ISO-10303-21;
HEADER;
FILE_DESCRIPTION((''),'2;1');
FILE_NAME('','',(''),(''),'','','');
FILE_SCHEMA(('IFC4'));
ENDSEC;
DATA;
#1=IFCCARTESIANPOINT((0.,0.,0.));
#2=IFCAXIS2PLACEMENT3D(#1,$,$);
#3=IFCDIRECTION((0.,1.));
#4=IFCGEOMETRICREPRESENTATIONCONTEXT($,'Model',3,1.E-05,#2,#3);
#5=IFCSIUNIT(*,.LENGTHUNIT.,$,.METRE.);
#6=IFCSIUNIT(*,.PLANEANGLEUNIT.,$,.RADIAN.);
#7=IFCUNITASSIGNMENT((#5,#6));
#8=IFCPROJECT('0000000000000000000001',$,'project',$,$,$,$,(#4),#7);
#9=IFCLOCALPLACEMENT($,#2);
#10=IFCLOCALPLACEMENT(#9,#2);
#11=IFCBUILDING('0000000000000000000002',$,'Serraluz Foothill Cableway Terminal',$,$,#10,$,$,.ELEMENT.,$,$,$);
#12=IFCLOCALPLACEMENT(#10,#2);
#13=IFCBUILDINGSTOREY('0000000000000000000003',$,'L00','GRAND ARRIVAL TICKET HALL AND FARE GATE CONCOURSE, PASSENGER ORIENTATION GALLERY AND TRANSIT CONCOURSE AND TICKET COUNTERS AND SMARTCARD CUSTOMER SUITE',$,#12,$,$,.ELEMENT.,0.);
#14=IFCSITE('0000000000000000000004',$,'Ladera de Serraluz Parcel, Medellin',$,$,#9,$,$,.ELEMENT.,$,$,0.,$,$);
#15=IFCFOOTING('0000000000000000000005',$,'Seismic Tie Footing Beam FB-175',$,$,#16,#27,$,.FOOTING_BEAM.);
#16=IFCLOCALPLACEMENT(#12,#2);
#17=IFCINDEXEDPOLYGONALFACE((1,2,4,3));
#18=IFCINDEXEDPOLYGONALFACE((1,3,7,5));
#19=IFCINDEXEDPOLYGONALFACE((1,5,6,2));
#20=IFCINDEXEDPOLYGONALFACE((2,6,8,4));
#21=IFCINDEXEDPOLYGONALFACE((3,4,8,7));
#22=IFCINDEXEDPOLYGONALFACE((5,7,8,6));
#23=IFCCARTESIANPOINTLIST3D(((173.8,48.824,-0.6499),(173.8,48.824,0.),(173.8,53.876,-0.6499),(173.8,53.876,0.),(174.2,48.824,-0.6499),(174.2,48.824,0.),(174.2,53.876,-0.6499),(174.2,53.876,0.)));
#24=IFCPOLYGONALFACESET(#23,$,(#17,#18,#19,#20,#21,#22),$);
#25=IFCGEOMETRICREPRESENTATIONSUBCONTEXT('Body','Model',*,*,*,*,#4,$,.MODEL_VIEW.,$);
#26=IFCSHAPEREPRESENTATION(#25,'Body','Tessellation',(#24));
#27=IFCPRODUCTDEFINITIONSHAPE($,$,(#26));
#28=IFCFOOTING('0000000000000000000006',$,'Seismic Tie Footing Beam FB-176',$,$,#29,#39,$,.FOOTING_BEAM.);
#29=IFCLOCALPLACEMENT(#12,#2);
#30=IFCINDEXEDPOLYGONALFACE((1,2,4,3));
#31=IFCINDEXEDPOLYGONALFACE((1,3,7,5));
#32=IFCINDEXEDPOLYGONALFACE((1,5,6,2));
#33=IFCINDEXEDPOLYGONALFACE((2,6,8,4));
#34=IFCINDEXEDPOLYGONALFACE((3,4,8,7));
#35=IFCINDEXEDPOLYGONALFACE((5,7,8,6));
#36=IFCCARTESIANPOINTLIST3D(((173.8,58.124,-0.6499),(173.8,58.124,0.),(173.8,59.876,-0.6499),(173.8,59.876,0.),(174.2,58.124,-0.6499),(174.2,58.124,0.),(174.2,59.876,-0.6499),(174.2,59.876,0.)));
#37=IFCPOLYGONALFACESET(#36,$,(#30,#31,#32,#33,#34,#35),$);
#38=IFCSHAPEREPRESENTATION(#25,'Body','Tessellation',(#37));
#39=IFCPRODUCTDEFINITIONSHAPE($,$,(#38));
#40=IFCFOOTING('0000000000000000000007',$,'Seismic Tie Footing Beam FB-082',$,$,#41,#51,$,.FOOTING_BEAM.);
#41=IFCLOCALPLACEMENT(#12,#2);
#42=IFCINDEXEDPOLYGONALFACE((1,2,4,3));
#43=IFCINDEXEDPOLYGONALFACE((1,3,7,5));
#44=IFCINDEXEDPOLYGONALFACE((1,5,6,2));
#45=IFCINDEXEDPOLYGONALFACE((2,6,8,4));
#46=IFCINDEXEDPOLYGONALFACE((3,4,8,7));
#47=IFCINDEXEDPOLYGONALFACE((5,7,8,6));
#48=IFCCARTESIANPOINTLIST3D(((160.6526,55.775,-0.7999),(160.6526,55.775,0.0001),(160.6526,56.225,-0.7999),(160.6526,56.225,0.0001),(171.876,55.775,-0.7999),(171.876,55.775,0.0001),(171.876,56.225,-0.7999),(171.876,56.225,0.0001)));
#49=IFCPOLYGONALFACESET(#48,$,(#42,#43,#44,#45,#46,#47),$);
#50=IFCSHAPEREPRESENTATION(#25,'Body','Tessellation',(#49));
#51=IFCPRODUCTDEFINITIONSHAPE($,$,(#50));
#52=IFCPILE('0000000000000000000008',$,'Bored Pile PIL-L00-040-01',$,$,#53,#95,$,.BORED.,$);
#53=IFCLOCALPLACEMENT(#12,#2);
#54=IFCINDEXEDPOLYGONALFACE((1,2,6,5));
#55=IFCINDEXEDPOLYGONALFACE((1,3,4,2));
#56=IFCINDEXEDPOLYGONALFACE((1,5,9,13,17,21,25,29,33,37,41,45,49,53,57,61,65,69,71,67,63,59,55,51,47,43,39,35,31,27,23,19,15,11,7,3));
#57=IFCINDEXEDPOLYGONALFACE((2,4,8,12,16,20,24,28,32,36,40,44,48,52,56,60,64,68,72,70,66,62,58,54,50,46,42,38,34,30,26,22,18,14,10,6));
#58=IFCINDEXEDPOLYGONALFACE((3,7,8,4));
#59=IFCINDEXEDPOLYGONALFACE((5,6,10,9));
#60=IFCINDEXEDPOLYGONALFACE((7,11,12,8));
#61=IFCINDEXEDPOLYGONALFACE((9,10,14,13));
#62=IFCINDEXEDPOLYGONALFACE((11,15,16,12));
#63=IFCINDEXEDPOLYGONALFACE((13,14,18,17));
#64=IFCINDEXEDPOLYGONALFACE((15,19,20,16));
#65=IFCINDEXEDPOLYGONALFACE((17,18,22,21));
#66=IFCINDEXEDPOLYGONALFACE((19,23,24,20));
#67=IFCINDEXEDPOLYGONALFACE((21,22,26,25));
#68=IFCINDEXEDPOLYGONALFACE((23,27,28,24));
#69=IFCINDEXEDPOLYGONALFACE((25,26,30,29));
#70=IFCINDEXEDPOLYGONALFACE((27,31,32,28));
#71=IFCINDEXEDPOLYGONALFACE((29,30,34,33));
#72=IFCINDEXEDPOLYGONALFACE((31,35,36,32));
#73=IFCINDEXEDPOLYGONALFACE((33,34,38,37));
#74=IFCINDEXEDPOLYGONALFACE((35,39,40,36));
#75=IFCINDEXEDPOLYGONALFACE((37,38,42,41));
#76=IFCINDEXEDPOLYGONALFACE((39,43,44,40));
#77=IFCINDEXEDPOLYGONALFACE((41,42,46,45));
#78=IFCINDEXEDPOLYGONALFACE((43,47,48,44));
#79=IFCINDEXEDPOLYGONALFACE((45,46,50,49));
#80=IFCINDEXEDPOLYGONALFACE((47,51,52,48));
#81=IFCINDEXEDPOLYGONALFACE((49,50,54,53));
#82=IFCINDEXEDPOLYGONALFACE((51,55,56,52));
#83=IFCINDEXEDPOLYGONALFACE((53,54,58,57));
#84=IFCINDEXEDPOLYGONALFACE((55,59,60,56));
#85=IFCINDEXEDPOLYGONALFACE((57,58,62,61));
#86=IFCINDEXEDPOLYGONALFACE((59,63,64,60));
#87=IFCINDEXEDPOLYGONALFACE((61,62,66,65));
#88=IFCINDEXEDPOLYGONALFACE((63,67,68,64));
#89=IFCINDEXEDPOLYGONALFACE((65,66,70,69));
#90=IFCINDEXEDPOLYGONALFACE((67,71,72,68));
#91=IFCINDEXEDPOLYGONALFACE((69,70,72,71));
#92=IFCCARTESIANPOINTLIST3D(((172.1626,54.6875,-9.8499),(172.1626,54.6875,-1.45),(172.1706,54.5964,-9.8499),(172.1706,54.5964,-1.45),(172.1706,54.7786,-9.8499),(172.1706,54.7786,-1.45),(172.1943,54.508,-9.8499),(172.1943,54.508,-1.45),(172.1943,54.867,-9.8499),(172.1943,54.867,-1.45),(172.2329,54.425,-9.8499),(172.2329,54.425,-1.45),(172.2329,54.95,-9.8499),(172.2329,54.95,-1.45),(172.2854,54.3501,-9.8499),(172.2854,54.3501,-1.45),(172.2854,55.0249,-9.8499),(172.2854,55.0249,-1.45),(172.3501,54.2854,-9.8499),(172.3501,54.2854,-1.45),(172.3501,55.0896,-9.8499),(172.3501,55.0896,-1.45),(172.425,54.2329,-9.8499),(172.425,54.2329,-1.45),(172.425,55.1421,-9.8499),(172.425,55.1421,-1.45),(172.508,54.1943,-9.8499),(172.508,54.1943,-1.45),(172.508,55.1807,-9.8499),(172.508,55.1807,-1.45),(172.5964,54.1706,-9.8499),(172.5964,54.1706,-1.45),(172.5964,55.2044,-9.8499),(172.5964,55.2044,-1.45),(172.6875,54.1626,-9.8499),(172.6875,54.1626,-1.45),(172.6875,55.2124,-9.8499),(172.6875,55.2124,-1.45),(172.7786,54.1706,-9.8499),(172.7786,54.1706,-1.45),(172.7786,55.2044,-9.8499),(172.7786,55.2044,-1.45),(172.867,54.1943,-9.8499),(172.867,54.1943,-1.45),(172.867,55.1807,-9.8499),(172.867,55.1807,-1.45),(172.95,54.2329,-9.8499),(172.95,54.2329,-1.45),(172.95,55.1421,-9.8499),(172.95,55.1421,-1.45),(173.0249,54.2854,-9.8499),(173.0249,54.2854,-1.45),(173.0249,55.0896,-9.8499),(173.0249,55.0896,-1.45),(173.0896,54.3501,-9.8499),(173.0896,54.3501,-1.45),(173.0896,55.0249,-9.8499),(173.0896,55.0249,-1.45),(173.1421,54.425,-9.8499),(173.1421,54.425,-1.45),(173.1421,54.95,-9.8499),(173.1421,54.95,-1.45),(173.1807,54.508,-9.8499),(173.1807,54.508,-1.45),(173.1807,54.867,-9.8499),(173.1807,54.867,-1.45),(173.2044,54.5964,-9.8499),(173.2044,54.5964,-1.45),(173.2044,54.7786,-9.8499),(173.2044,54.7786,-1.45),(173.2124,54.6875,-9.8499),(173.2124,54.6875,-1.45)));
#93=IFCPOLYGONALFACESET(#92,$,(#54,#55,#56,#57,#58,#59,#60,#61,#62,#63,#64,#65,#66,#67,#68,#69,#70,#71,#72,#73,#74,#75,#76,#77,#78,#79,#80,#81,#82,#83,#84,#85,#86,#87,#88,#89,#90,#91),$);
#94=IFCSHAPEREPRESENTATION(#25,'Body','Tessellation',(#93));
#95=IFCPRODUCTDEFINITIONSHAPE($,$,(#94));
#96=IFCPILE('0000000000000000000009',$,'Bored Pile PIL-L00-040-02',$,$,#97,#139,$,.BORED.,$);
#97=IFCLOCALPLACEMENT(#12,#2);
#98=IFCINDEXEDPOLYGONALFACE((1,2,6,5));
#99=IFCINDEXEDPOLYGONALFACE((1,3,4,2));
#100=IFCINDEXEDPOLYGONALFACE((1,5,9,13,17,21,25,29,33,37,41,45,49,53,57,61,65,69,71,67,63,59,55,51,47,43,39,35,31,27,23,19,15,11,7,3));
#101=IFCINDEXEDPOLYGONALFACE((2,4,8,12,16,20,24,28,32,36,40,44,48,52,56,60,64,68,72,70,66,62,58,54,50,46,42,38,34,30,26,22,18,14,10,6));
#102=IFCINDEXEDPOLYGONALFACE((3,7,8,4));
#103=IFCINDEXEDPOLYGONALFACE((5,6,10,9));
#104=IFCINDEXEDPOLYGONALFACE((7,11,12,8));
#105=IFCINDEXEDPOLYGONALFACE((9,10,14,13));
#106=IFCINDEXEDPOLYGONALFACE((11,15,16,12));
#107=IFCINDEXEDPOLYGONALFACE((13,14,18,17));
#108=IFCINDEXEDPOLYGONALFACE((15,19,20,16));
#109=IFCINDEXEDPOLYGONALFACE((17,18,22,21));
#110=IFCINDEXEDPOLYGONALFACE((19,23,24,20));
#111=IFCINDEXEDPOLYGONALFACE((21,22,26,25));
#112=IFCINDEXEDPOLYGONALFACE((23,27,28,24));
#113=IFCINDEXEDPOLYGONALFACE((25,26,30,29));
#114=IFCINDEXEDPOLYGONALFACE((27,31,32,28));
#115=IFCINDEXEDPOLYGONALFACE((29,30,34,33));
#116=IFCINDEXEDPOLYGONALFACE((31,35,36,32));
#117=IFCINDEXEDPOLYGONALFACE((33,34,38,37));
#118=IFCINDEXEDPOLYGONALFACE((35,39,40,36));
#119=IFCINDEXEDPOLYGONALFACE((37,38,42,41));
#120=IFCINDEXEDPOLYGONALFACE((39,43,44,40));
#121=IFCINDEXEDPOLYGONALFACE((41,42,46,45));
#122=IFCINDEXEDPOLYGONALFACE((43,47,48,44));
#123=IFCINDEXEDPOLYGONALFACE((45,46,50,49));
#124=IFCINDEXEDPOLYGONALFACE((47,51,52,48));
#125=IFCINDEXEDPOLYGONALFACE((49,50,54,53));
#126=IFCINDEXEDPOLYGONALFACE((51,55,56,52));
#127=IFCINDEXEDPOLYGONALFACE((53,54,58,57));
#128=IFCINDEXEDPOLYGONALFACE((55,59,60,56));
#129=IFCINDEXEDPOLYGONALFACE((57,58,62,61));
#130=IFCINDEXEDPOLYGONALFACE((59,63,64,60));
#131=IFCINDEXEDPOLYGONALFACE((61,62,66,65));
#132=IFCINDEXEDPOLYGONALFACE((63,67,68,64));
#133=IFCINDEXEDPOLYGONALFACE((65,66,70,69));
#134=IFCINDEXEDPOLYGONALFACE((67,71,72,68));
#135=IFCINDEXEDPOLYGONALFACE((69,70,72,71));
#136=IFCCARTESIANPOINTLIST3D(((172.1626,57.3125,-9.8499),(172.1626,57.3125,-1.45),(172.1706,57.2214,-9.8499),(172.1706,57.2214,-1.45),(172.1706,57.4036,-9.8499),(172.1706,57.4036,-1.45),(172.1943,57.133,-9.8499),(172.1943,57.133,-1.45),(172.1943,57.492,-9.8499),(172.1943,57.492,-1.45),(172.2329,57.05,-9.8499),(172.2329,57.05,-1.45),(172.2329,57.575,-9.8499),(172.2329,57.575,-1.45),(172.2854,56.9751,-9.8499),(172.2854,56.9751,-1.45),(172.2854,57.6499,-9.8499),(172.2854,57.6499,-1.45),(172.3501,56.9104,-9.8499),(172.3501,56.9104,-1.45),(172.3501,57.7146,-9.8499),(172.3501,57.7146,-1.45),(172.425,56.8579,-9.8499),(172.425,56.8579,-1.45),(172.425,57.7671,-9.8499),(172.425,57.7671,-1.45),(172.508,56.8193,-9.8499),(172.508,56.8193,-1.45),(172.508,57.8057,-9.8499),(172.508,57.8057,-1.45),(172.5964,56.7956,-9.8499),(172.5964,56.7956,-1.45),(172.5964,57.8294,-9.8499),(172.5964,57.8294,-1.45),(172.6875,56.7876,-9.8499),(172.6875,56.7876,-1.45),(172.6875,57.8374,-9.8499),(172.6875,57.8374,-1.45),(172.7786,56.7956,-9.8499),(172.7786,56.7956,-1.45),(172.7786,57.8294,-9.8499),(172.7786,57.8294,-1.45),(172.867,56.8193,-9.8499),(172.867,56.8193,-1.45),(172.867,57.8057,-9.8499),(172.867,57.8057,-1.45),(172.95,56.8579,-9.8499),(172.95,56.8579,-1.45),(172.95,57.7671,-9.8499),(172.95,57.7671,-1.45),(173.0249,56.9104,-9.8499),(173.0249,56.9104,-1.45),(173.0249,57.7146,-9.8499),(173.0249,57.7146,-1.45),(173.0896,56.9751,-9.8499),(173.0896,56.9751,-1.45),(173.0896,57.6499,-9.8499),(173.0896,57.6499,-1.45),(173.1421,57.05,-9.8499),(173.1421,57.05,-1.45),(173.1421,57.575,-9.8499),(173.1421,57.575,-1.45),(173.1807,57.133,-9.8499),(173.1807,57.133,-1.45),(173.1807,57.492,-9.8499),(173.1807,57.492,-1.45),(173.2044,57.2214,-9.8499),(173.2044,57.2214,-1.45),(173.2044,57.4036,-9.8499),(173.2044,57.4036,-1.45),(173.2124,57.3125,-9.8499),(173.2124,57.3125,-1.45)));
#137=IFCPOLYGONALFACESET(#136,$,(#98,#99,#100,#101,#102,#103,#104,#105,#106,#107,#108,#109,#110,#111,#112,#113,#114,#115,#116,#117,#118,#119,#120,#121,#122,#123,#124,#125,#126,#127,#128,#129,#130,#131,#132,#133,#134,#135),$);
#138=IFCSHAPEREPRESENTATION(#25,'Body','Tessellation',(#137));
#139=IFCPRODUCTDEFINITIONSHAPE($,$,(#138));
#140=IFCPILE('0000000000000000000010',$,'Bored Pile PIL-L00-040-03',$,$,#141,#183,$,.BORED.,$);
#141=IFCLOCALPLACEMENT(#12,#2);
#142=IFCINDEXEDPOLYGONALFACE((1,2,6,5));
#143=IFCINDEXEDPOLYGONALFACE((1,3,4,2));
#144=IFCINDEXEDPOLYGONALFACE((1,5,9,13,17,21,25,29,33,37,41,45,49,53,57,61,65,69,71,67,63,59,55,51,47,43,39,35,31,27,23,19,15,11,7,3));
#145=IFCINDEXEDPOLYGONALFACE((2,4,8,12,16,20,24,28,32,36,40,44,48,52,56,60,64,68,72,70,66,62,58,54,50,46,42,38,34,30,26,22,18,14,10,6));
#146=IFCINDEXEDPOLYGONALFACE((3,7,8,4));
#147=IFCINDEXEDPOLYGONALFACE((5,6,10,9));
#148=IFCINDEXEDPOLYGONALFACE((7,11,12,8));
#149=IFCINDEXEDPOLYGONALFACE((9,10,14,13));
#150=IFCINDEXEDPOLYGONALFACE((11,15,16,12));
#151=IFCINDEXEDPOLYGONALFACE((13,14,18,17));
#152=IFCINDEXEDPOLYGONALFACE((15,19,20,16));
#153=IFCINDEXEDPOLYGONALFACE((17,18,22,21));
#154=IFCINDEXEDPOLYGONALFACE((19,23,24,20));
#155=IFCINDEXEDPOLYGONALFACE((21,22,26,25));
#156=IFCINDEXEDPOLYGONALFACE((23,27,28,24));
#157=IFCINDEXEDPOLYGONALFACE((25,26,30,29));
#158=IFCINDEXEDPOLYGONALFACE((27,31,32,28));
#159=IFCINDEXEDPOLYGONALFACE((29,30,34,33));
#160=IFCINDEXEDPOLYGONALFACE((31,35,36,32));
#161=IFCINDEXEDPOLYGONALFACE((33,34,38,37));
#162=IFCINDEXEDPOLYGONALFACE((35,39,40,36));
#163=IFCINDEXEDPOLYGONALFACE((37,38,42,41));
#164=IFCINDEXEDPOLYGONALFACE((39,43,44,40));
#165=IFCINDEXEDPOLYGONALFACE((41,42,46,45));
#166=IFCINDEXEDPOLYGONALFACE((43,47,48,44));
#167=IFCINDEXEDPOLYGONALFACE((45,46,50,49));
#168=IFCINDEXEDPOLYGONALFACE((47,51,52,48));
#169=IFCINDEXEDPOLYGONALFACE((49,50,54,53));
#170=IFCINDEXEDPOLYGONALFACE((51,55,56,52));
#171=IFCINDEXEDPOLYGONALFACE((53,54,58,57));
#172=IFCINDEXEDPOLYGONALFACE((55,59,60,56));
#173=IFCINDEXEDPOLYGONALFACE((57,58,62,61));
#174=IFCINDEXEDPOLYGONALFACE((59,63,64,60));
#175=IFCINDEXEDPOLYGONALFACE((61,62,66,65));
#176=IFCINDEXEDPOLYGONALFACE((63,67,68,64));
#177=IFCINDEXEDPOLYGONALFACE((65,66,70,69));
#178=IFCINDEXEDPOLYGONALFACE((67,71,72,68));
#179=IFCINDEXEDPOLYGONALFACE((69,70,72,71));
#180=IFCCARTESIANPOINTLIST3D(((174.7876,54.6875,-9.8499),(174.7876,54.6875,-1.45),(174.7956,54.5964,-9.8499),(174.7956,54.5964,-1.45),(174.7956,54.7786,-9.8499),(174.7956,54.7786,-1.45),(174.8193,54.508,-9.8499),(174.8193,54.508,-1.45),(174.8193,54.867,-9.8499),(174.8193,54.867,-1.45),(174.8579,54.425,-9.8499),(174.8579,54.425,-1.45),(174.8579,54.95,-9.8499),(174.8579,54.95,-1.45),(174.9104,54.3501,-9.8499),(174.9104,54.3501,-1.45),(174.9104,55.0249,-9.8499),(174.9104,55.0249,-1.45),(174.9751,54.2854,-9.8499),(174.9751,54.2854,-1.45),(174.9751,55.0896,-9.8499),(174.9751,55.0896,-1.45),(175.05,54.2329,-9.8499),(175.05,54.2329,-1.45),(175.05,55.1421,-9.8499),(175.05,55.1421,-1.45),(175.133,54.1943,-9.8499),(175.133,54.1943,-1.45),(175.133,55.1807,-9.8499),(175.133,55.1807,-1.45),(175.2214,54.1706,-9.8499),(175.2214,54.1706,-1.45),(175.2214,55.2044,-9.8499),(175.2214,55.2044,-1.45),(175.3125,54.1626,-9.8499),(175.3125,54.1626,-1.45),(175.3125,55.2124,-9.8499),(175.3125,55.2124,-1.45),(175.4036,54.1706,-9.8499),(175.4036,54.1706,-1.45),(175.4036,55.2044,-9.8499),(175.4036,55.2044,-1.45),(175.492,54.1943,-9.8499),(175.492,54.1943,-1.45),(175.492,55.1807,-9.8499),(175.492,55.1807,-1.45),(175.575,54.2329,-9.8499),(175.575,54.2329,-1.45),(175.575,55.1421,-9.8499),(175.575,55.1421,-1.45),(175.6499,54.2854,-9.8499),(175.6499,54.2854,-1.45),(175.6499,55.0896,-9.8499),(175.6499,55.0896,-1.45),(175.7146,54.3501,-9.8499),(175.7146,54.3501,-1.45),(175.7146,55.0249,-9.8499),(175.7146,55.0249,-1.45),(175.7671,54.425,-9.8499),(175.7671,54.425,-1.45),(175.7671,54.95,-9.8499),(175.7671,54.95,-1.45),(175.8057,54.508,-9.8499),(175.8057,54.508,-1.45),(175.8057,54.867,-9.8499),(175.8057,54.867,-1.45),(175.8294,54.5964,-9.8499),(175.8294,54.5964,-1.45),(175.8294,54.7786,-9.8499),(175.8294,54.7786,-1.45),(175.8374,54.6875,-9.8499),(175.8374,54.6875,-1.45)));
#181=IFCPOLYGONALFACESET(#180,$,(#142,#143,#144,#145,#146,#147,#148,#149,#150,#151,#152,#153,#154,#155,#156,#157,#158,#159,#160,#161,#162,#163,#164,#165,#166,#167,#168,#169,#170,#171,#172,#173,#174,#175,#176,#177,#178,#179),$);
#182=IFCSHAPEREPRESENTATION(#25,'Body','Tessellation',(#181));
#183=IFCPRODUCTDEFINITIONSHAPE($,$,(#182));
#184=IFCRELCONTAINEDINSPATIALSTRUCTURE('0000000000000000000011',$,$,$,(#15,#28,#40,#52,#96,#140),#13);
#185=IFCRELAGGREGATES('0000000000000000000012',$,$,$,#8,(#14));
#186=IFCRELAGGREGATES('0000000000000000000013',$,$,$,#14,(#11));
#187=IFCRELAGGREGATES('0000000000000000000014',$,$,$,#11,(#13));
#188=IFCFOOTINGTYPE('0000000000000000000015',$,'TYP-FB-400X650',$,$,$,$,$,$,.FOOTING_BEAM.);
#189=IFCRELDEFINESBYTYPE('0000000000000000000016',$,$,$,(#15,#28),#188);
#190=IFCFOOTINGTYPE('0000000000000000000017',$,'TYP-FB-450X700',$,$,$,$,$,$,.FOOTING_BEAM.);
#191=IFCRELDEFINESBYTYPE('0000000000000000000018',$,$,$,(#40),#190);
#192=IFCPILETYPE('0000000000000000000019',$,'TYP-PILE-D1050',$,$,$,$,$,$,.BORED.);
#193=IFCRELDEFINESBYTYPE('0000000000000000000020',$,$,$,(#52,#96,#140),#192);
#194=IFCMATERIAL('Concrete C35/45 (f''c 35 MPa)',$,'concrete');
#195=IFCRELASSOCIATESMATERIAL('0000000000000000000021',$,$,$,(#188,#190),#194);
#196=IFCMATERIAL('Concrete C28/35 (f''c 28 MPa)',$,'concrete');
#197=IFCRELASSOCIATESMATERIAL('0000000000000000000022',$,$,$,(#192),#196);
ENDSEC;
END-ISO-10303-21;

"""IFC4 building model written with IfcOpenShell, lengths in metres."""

from ifc_helpers import new_model, si_unit, direction, frame, origin, origin_2d, place, context, subcontext, project, spatial, rectangle, circle, extrude, material, material_profile, profile_set, type_object, element, save


model = new_model("IFC4")

# Units and contexts
model_context = context("Model", 3, precision=1e-05, world=origin(), true_north=direction((0.0, 1.0)))
body_context = subcontext(model_context, "Body", "Model", "MODEL_VIEW")
ifc_project = project(units=[si_unit("LENGTHUNIT", "METRE"), si_unit("PLANEANGLEUNIT", "RADIAN")], contexts=[model_context])

# Site, building, storey
site_placement = place(None, origin())
site = spatial("IfcSite", under=ifc_project, at=site_placement, Name="Ladera de Serraluz Parcel, Medellin", CompositionType="ELEMENT", RefElevation=0.0)
building_placement = place(site_placement, origin())
building = spatial("IfcBuilding", under=site, at=building_placement, Name="Serraluz Foothill Cableway Terminal", CompositionType="ELEMENT")
storey_placement = place(building_placement, origin())
storey = spatial("IfcBuildingStorey", under=building, at=storey_placement, Name="L00", Description="GRAND ARRIVAL TICKET HALL AND FARE GATE CONCOURSE, PASSENGER ORIENTATION GALLERY AND TRANSIT CONCOURSE AND TICKET COUNTERS AND SMARTCARD CUSTOMER SUITE", CompositionType="ELEMENT", Elevation=0.0)

# Footings
ifc_material_1 = material(Name="Concrete C35/45 (f'c 35 MPa)", Category="concrete")
ifc_material_profile_1 = material_profile(ifc_material_1, rectangle(XDim=0.3999, YDim=0.6499, at=origin_2d()), Name="RC 400x650")
ifc_profile_set_1 = profile_set([ifc_material_profile_1], Name="Concrete C35/45 (f'c 35 MPa)")
footing_type_1 = type_object("IfcFootingType", Name="TYP-FB-400X650", PredefinedType="FOOTING_BEAM", material=ifc_profile_set_1)
footing_1_placement = place(storey_placement, frame((174.0, 48.824, -0.325), z_axis=(0.0, 1.0, 0.0), x_axis=(-1.0, 0.0, 0.0)))
element("IfcFooting", 1, at=footing_1_placement, inside=storey, type_object=footing_type_1, Name="Seismic Tie Footing Beam FB-175", PredefinedType="FOOTING_BEAM", context=body_context, shape_type="SweptSolid", body=[
    extrude(rectangle(XDim=0.3999, YDim=0.6499, at=origin_2d()), origin(), (0.0, 0.0, 1.0), 5.052),
])
footing_2_placement = place(storey_placement, frame((174.0, 58.124, -0.325), z_axis=(0.0, 1.0, 0.0), x_axis=(-1.0, 0.0, 0.0)))
element("IfcFooting", 2, at=footing_2_placement, inside=storey, type_object=footing_type_1, Name="Seismic Tie Footing Beam FB-176", PredefinedType="FOOTING_BEAM", context=body_context, shape_type="SweptSolid", body=[
    extrude(rectangle(XDim=0.3999, YDim=0.6499, at=origin_2d()), origin(), (0.0, 0.0, 1.0), 1.752),
])
ifc_material_profile_2 = material_profile(ifc_material_1, rectangle(XDim=0.45, YDim=0.8, at=origin_2d()), Name="RC 450x800")
ifc_profile_set_2 = profile_set([ifc_material_profile_2], Name="Concrete C35/45 (f'c 35 MPa)")
footing_type_2 = type_object("IfcFootingType", Name="TYP-FB-450X700", PredefinedType="FOOTING_BEAM", material=ifc_profile_set_2)
footing_3_placement = place(storey_placement, frame((160.6526, 56.0, -0.3999), z_axis=(1.0, 0.0, 0.0), x_axis=(0.0, 1.0, 0.0)))
element("IfcFooting", 3, at=footing_3_placement, inside=storey, type_object=footing_type_2, Name="Seismic Tie Footing Beam FB-082", PredefinedType="FOOTING_BEAM", context=body_context, shape_type="SweptSolid", body=[
    extrude(rectangle(XDim=0.45, YDim=0.8, at=origin_2d()), origin(), (0.0, 0.0, 1.0), 11.2234),
])

# Piles
ifc_material_2 = material(Name="Concrete C28/35 (f'c 28 MPa)", Category="concrete")
ifc_material_profile_3 = material_profile(ifc_material_2, circle(Radius=0.5249, at=origin_2d()), Name="BORED PILE D1050")
ifc_profile_set_3 = profile_set([ifc_material_profile_3], Name="Concrete C28/35 (f'c 28 MPa)")
pile_type_1 = type_object("IfcPileType", Name="TYP-PILE-D1050", PredefinedType="BORED", material=ifc_profile_set_3)
for number, where, z_axis, x_axis, name in (
    (4, (172.6875, 54.6875, -1.45), (0.0, 0.0, -1.0), (1.0, 0.0, 0.0), "Bored Pile PIL-L00-040-01"),
    (5, (172.6875, 57.3125, -1.45), (0.0, 0.0, -1.0), (1.0, 0.0, 0.0), "Bored Pile PIL-L00-040-02"),
    (6, (175.3125, 54.6875, -1.45), (0.0, 0.0, -1.0), (1.0, 0.0, 0.0), "Bored Pile PIL-L00-040-03"),
):
    element("IfcPile", number, at=place(storey_placement, frame(where, z_axis=z_axis, x_axis=x_axis)), inside=storey, type_object=pile_type_1, Name=name, PredefinedType="BORED", context=body_context, shape_type="SweptSolid", body=[
        extrude(circle(Radius=0.5249, at=origin_2d()), origin(), (0.0, 0.0, 1.0), 8.3999),
    ])

save(model, "model.ifc")
